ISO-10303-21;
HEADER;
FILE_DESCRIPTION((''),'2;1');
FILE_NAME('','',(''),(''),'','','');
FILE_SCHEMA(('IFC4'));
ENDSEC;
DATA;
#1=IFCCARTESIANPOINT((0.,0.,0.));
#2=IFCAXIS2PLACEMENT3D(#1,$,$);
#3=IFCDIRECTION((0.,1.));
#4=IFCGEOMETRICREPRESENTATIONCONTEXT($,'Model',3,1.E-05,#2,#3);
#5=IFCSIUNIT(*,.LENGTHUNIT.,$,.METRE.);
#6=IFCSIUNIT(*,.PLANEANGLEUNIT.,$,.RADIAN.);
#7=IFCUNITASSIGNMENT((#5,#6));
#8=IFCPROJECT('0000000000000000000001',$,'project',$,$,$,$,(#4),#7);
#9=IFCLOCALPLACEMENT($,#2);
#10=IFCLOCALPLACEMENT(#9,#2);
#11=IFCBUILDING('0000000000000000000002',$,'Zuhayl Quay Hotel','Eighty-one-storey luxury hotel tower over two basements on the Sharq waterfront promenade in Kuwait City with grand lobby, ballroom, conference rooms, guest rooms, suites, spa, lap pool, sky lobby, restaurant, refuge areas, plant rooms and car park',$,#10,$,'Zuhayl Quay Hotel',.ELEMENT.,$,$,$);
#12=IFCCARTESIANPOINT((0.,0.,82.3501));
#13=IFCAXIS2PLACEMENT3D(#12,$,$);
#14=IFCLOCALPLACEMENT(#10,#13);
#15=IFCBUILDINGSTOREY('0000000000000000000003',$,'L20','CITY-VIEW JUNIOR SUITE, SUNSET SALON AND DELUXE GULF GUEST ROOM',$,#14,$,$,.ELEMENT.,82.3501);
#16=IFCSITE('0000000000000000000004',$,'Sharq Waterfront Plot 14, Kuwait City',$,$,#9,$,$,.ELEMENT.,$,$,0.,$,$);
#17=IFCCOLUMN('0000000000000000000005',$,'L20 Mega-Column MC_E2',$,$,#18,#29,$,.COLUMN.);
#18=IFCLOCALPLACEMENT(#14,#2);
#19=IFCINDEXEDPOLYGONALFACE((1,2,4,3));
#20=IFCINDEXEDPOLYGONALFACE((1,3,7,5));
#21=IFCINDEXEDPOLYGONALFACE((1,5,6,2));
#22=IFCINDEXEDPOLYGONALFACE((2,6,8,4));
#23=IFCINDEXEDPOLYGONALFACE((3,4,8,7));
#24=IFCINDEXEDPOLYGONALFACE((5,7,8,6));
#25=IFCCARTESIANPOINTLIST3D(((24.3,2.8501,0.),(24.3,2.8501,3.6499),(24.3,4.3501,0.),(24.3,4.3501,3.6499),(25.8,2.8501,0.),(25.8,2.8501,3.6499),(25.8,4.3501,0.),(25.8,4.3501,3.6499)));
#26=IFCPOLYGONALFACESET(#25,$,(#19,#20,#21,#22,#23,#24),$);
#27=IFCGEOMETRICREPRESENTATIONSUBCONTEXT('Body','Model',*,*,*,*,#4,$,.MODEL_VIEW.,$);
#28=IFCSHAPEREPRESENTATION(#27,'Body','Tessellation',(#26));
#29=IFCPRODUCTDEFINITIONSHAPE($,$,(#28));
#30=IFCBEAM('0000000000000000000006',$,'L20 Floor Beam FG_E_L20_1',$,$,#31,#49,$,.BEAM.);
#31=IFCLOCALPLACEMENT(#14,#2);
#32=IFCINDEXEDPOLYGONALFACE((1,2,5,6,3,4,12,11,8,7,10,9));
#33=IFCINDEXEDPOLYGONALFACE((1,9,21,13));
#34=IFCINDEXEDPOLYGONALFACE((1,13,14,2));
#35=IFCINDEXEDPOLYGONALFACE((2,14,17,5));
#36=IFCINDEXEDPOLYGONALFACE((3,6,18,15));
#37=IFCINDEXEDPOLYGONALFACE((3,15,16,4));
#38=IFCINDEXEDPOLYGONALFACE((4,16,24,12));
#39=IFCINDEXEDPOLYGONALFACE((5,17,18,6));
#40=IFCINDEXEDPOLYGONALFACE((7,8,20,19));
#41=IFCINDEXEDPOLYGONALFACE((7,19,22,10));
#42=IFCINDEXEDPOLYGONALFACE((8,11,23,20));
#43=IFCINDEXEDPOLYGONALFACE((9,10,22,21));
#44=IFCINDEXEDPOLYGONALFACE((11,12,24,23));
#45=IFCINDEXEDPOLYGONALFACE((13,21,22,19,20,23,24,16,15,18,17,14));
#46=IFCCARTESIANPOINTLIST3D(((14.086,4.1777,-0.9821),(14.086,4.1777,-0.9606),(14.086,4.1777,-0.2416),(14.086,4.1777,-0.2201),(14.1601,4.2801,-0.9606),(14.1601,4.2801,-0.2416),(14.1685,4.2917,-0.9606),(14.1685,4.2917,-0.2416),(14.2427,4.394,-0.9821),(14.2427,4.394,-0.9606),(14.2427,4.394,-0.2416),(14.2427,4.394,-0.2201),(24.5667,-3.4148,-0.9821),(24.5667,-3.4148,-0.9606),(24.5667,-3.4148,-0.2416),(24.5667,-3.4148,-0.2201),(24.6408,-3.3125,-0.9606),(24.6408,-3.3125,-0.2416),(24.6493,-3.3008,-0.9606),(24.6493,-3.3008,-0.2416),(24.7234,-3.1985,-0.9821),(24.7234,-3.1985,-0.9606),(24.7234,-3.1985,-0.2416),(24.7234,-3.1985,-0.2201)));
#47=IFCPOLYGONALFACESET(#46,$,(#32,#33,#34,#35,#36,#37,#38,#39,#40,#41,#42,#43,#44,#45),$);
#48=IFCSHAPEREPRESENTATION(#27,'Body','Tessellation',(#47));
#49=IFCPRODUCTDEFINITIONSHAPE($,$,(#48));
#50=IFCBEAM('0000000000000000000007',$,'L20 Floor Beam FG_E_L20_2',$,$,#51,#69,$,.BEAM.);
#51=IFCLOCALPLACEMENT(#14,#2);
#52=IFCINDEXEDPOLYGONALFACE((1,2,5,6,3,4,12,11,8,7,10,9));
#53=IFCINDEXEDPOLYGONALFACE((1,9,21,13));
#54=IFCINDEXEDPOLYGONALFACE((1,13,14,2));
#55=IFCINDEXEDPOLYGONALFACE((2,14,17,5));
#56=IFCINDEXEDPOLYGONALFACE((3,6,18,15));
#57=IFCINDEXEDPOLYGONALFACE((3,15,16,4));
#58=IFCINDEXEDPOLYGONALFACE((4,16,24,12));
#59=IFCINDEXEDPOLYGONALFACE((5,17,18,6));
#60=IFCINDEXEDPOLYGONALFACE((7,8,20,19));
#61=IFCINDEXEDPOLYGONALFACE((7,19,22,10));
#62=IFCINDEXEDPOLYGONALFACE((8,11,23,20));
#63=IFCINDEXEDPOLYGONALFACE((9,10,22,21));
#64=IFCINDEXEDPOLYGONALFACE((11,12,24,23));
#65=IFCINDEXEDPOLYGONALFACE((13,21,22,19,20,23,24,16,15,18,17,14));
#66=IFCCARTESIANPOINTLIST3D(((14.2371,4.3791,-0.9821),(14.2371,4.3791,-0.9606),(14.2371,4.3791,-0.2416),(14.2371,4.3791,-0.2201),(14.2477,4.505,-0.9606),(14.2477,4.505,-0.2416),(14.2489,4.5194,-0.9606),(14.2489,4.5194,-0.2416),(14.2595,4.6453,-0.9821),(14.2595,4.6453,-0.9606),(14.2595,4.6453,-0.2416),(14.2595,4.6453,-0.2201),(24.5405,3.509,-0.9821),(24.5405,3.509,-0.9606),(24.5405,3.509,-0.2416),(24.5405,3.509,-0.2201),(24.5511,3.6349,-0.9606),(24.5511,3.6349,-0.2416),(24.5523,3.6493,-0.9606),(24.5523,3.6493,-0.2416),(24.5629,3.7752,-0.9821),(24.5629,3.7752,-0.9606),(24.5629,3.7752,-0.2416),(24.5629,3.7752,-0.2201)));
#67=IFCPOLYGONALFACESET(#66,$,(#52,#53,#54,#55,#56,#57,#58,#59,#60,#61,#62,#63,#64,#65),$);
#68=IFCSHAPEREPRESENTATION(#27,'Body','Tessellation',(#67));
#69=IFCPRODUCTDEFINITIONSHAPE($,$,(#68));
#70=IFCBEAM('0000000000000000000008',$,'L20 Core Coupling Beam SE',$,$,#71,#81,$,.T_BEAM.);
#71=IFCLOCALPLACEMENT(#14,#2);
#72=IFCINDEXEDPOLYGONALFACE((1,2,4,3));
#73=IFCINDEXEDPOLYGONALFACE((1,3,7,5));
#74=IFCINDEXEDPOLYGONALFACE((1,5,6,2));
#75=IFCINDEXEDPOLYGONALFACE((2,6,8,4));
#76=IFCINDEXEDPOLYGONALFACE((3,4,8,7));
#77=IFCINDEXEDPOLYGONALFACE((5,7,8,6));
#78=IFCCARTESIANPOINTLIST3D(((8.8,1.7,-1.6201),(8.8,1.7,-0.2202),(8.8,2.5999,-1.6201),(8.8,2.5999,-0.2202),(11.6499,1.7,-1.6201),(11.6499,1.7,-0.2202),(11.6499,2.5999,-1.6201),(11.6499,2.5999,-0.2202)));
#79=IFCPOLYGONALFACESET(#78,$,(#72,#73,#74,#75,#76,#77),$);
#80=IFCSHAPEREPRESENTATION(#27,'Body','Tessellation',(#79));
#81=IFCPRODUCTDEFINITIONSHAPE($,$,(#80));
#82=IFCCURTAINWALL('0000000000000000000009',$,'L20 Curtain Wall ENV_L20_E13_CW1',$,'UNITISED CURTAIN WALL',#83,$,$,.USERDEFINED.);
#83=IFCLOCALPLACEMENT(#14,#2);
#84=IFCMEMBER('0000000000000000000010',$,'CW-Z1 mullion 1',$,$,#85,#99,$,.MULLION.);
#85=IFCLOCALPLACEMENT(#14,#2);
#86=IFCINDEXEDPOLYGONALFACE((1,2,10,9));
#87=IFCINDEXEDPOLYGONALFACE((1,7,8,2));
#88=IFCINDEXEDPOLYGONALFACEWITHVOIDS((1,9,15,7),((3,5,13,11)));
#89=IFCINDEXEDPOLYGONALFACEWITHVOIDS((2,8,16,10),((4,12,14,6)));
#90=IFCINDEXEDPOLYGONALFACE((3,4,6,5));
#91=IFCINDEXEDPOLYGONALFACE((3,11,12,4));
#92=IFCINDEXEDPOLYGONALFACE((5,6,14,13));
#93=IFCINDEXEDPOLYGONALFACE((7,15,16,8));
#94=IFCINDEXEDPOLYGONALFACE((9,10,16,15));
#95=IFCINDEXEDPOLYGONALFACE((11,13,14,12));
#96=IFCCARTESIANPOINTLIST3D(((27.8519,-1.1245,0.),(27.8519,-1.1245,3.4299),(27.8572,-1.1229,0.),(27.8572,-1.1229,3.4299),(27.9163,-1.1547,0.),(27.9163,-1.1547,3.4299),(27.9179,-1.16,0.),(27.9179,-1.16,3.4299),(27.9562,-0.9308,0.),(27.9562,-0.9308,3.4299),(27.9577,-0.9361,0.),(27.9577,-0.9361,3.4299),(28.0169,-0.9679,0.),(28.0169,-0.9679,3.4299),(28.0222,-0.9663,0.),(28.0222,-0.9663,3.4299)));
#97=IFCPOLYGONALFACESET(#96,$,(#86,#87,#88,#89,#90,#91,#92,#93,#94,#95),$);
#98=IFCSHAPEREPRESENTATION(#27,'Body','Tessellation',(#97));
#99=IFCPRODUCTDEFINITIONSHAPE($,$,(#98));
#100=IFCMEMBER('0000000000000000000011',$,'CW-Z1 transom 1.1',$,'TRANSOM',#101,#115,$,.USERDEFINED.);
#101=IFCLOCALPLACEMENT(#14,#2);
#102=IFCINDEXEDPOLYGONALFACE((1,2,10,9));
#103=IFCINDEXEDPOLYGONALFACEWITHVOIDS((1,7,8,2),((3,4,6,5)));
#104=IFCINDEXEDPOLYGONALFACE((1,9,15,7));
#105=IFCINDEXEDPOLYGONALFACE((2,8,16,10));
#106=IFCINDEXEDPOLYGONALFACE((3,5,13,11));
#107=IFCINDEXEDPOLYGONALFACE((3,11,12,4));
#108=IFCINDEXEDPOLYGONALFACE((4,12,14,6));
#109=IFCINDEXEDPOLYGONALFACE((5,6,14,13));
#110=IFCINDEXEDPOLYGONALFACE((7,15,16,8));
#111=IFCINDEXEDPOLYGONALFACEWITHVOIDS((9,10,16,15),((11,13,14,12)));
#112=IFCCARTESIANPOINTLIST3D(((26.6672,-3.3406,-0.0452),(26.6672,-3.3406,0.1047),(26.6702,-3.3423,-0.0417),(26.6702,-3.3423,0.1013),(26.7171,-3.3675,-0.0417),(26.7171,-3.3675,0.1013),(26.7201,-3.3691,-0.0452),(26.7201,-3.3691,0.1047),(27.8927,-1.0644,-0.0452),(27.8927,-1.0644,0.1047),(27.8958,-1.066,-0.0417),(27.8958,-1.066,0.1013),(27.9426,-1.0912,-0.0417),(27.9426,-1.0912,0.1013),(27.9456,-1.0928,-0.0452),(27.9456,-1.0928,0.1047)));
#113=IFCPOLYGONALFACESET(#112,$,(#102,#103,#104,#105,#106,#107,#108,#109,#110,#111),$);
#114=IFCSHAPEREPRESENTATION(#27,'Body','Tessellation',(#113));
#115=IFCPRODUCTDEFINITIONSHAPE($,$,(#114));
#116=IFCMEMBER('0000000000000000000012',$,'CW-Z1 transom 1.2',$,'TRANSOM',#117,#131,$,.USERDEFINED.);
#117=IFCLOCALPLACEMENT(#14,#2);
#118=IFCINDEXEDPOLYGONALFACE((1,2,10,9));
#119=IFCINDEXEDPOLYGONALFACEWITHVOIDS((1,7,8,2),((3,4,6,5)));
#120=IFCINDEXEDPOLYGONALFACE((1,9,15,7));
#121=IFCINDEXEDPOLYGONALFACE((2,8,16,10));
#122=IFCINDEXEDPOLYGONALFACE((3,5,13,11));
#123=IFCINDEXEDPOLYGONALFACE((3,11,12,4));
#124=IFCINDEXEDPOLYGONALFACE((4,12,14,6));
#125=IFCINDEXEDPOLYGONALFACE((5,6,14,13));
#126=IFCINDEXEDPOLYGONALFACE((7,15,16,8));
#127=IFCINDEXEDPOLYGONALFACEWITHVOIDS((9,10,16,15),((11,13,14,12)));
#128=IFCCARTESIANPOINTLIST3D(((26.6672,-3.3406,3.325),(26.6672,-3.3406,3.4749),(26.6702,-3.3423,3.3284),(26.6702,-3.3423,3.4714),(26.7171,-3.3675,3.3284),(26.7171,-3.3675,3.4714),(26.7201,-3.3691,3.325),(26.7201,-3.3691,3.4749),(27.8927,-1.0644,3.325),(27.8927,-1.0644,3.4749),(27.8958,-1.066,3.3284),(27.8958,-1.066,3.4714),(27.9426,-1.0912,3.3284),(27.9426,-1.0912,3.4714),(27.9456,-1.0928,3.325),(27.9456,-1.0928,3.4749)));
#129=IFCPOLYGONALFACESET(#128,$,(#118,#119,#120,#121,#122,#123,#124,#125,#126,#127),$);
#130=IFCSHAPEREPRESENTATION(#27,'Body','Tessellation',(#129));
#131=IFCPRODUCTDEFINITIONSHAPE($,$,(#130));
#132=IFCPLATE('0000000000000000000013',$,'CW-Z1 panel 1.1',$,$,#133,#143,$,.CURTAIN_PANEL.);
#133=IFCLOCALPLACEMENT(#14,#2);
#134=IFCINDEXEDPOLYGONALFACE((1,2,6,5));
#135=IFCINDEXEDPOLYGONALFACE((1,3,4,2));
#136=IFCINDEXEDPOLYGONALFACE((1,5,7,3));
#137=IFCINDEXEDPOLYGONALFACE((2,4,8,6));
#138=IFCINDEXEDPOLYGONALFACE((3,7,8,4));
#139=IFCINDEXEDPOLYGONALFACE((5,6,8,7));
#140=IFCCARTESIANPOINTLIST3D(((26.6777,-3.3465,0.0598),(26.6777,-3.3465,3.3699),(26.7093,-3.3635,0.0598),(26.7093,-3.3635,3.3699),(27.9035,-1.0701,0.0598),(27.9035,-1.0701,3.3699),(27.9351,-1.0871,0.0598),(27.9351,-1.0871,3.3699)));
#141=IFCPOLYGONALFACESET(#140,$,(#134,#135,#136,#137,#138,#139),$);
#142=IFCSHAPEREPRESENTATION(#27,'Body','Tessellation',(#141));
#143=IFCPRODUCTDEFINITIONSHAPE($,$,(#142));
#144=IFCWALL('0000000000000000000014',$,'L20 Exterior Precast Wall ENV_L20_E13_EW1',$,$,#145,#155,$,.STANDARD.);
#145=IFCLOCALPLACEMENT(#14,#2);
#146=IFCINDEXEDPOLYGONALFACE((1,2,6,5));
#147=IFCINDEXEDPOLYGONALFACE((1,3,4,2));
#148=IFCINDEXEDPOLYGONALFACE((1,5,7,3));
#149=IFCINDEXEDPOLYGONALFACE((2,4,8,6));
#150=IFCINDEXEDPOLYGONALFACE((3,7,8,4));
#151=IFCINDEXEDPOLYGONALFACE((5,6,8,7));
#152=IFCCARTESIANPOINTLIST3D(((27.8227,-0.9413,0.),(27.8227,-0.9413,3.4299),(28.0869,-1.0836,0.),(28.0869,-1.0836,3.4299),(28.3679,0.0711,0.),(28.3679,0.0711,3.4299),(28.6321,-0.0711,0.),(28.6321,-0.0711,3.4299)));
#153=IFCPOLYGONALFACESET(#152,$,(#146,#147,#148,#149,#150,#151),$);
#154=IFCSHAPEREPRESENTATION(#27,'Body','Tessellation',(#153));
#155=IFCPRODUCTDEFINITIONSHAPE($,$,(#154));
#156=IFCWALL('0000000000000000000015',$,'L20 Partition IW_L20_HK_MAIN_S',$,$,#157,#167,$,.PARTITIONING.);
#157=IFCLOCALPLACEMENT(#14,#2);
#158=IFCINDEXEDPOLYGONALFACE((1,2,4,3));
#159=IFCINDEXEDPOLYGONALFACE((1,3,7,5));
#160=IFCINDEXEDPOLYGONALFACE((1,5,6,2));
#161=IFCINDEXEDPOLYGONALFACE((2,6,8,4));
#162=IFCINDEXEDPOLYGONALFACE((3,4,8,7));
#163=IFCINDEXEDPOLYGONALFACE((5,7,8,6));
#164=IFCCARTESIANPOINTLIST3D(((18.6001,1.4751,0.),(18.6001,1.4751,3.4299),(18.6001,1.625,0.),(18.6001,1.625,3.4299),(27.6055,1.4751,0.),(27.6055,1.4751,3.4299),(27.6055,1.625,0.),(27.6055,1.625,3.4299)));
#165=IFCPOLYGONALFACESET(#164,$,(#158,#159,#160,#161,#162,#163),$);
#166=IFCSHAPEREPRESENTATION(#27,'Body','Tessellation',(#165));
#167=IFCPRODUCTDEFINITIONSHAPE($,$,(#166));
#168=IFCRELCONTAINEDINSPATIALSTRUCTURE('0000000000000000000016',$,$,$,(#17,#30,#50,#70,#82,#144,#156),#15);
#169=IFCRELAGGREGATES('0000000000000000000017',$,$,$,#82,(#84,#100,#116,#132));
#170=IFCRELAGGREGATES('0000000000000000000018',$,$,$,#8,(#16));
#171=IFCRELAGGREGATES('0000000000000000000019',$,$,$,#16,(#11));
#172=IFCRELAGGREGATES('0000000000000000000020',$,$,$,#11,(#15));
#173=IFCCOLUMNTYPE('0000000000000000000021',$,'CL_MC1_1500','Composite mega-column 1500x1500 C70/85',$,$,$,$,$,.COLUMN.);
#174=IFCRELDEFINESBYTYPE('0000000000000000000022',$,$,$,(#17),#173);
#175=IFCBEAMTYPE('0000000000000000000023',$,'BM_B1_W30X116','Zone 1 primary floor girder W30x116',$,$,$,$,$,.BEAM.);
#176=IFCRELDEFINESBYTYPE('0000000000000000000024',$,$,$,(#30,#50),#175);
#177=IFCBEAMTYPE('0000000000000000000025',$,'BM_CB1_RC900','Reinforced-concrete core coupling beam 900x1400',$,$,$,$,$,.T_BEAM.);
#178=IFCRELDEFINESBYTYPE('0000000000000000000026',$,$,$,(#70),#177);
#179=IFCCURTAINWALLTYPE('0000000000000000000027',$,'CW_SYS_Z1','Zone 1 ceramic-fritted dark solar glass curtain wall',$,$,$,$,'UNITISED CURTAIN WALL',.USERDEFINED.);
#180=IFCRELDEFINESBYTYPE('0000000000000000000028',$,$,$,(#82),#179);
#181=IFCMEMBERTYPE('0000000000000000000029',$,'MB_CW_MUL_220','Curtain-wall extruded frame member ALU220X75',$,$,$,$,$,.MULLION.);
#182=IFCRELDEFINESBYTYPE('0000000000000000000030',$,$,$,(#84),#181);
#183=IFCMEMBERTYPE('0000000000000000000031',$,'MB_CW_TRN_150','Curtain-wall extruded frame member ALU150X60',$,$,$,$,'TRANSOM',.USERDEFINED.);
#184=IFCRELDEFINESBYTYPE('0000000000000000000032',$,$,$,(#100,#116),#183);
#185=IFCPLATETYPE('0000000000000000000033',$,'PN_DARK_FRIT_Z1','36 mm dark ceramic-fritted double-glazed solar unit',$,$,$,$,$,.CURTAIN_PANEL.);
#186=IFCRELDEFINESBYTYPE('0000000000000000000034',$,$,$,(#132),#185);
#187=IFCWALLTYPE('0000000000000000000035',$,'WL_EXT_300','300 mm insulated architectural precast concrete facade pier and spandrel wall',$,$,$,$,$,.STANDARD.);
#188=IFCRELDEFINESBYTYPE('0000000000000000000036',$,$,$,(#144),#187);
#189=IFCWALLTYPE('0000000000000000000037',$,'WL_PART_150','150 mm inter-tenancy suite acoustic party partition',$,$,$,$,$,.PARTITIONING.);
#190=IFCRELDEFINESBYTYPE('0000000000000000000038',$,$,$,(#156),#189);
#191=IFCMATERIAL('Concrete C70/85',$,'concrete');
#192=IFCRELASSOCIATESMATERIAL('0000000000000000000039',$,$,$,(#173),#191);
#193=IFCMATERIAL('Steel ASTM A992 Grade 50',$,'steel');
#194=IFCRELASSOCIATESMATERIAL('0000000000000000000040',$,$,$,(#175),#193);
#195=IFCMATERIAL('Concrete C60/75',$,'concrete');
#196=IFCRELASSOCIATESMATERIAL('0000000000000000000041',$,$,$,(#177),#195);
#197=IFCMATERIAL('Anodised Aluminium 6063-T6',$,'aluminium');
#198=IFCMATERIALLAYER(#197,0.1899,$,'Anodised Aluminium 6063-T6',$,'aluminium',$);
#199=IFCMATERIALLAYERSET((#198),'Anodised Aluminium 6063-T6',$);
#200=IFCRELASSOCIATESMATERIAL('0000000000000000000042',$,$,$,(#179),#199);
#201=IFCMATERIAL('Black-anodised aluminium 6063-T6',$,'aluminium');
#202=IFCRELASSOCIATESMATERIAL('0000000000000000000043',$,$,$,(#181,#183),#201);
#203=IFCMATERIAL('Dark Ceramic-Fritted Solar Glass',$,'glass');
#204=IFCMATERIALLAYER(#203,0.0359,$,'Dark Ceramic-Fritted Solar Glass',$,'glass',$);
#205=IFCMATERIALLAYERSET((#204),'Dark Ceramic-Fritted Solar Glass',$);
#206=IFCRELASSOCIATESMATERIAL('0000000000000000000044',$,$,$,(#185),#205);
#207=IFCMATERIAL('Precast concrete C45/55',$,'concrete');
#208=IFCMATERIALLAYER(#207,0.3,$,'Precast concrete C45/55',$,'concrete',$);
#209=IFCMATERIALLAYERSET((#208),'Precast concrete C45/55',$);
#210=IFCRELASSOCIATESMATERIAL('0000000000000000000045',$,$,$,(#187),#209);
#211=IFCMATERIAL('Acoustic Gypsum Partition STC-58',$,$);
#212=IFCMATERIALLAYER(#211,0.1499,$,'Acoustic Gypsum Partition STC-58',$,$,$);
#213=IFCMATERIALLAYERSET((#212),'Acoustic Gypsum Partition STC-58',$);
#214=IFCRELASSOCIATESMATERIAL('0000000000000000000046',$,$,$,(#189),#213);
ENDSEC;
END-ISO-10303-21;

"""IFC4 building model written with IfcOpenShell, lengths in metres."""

from ifc_helpers import new_model, si_unit, direction, frame, frame_2d, origin, origin_2d, place, context, subcontext, project, spatial, rectangle, hollow_rectangle, i_section, extrude, material, layer, layer_set, material_profile, profile_set, type_object, element, aggregate, save


model = new_model("IFC4")

# Units and contexts
model_context = context("Model", 3, precision=1e-05, world=origin(), true_north=direction((0.0, 1.0)))
body_context = subcontext(model_context, "Body", "Model", "MODEL_VIEW")
ifc_project = project(units=[si_unit("LENGTHUNIT", "METRE"), si_unit("PLANEANGLEUNIT", "RADIAN")], contexts=[model_context])

# Site, building, storey
site_placement = place(None, origin())
site = spatial("IfcSite", under=ifc_project, at=site_placement, Name="Sharq Waterfront Plot 14, Kuwait City", CompositionType="ELEMENT", RefElevation=0.0)
building_placement = place(site_placement, origin())
building = spatial("IfcBuilding", under=site, at=building_placement, Name="Zuhayl Quay Hotel", Description="Eighty-one-storey luxury hotel tower over two basements on the Sharq waterfront promenade in Kuwait City with grand lobby, ballroom, conference rooms, guest rooms, suites, spa, lap pool, sky lobby, restaurant, refuge areas, plant rooms and car park", LongName="Zuhayl Quay Hotel", CompositionType="ELEMENT")
storey_placement = place(building_placement, frame((0.0, 0.0, 82.3501)))
storey = spatial("IfcBuildingStorey", under=building, at=storey_placement, Name="L20", Description="CITY-VIEW JUNIOR SUITE, SUNSET SALON AND DELUXE GULF GUEST ROOM", CompositionType="ELEMENT", Elevation=82.3501)

# Column
ifc_material_1 = material(Name="Concrete C70/85", Category="concrete")
ifc_material_profile_1 = material_profile(ifc_material_1, rectangle(XDim=1.5, YDim=1.5, at=origin_2d()), Name="RC1500X1500")
ifc_profile_set_1 = profile_set([ifc_material_profile_1], Name="Concrete C70/85")
column_type = type_object("IfcColumnType", Name="CL_MC1_1500", Description="Composite mega-column 1500x1500 C70/85", PredefinedType="COLUMN", material=ifc_profile_set_1)
column_placement = place(storey_placement, frame((25.05, 3.6001, 0.0), z_axis=(0.0, 0.0, 1.0), x_axis=(1.0, 0.0, 0.0)))
element("IfcColumn", 1, at=column_placement, inside=storey, type_object=column_type, Name="L20 Mega-Column MC_E2", PredefinedType="COLUMN", context=body_context, shape_type="SweptSolid", body=[
    extrude(rectangle(XDim=1.5, YDim=1.5, at=origin_2d()), origin(), (0.0, 0.0, 1.0), 3.6499),
])

# Beams
ifc_material_2 = material(Name="Steel ASTM A992 Grade 50", Category="steel")
ifc_material_profile_2 = material_profile(ifc_material_2, i_section(OverallWidth=0.2671, OverallDepth=0.762, WebThickness=0.0144, FlangeThickness=0.0215, at=origin_2d()), Name="W30X116")
ifc_profile_set_2 = profile_set([ifc_material_profile_2], Name="Steel ASTM A992 Grade 50")
beam_type_1 = type_object("IfcBeamType", Name="BM_B1_W30X116", Description="Zone 1 primary floor girder W30x116", PredefinedType="BEAM", material=ifc_profile_set_2)
beam_1_placement = place(storey_placement, frame((14.1643, 4.2859, -0.6011), z_axis=(0.80983, -0.586664, 0.0), x_axis=(0.586664, 0.80983, 0.0)))
element("IfcBeam", 2, at=beam_1_placement, inside=storey, type_object=beam_type_1, Name="L20 Floor Beam FG_E_L20_1", PredefinedType="BEAM", context=body_context, shape_type="SweptSolid", body=[
    extrude(i_section(OverallWidth=0.2671, OverallDepth=0.762, WebThickness=0.0144, FlangeThickness=0.0215, at=origin_2d()), origin(), (0.0, 0.0, 1.0), 12.9419),
])
beam_2_placement = place(storey_placement, frame((14.2483, 4.5122, -0.6011), z_axis=(0.996453, -0.084149, 0.0), x_axis=(0.084149, 0.996453, 0.0)))
element("IfcBeam", 3, at=beam_2_placement, inside=storey, type_object=beam_type_1, Name="L20 Floor Beam FG_E_L20_2", PredefinedType="BEAM", context=body_context, shape_type="SweptSolid", body=[
    extrude(i_section(OverallWidth=0.2671, OverallDepth=0.762, WebThickness=0.0144, FlangeThickness=0.0215, at=origin_2d()), origin(), (0.0, 0.0, 1.0), 10.3401),
])
ifc_material_3 = material(Name="Concrete C60/75", Category="concrete")
ifc_material_profile_3 = material_profile(ifc_material_3, rectangle(XDim=0.8999, YDim=1.3999, at=origin_2d()), Name="RC900X1400")
ifc_profile_set_3 = profile_set([ifc_material_profile_3], Name="Concrete C60/75")
beam_type_2 = type_object("IfcBeamType", Name="BM_CB1_RC900", Description="Reinforced-concrete core coupling beam 900x1400", PredefinedType="T_BEAM", material=ifc_profile_set_3)
beam_3_placement = place(storey_placement, frame((8.8, 2.1499, -0.9202), z_axis=(1.0, 0.0, 0.0), x_axis=(0.0, 1.0, 0.0)))
element("IfcBeam", 4, at=beam_3_placement, inside=storey, type_object=beam_type_2, Name="L20 Core Coupling Beam SE", PredefinedType="T_BEAM", context=body_context, shape_type="SweptSolid", body=[
    extrude(rectangle(XDim=0.8999, YDim=1.3999, at=origin_2d()), origin(), (0.0, 0.0, 1.0), 2.8499),
])

# Curtain wall, members, plate
ifc_material_4 = material(Name="Anodised Aluminium 6063-T6", Category="aluminium")
ifc_layer_1 = layer(ifc_material_4, 0.1899, Name="Anodised Aluminium 6063-T6", Category="aluminium")
ifc_layer_set_1 = layer_set([ifc_layer_1], Name="Anodised Aluminium 6063-T6")
curtain_wall_type = type_object("IfcCurtainWallType", Name="CW_SYS_Z1", Description="Zone 1 ceramic-fritted dark solar glass curtain wall", ElementType="UNITISED CURTAIN WALL", PredefinedType="USERDEFINED", material=ifc_layer_set_1)
curtain_wall_placement = place(storey_placement, origin())
curtain_wall = element("IfcCurtainWall", 5, at=curtain_wall_placement, inside=storey, type_object=curtain_wall_type, Name="L20 Curtain Wall ENV_L20_E13_CW1", ObjectType="UNITISED CURTAIN WALL", PredefinedType="USERDEFINED")
ifc_material_5 = material(Name="Black-anodised aluminium 6063-T6", Category="aluminium")
ifc_material_profile_4 = material_profile(ifc_material_5, hollow_rectangle(XDim=0.075, YDim=0.22, WallThickness=0.0039, at=origin_2d()), Name="ALU220X75")
ifc_profile_set_4 = profile_set([ifc_material_profile_4], Name="Black-anodised aluminium 6063-T6")
member_type_1 = type_object("IfcMemberType", Name="MB_CW_MUL_220", Description="Curtain-wall extruded frame member ALU220X75", PredefinedType="MULLION", material=ifc_profile_set_4)
member_1_placement = place(storey_placement, frame((27.937, -1.0454, 0.0), z_axis=(0.0, 0.0, 1.0), x_axis=(0.880476, -0.474091, 0.0)))
member_1 = element("IfcMember", 6, at=member_1_placement, type_object=member_type_1, Name="CW-Z1 mullion 1", PredefinedType="MULLION", context=body_context, shape_type="SweptSolid", body=[
    extrude(hollow_rectangle(XDim=0.075, YDim=0.22, WallThickness=0.0039, at=origin_2d()), origin(), (0.0, 0.0, 1.0), 3.4299),
])
ifc_material_profile_5 = material_profile(ifc_material_5, hollow_rectangle(XDim=0.0601, YDim=0.1499, WallThickness=0.0034, at=origin_2d()), Name="ALU150X60")
ifc_profile_set_5 = profile_set([ifc_material_profile_5], Name="Black-anodised aluminium 6063-T6")
member_type_2 = type_object("IfcMemberType", Name="MB_CW_TRN_150", Description="Curtain-wall extruded frame member ALU150X60", ElementType="TRANSOM", PredefinedType="USERDEFINED", material=ifc_profile_set_5)
member_2_placement = place(storey_placement, frame((27.9192, -1.0786, 0.0298), z_axis=(-0.474055, -0.880495, 0.0), x_axis=(0.880495, -0.474055, 0.0)))
member_2 = element("IfcMember", 7, at=member_2_placement, type_object=member_type_2, Name="CW-Z1 transom 1.1", ObjectType="TRANSOM", PredefinedType="USERDEFINED", context=body_context, shape_type="SweptSolid", body=[
    extrude(hollow_rectangle(XDim=0.0601, YDim=0.1499, WallThickness=0.0034, at=origin_2d()), origin(), (0.0, 0.0, 1.0), 2.5852),
])
member_3_placement = place(storey_placement, frame((27.9192, -1.0786, 3.3999), z_axis=(-0.474055, -0.880495, 0.0), x_axis=(0.880495, -0.474055, 0.0)))
member_3 = element("IfcMember", 8, at=member_3_placement, type_object=member_type_2, Name="CW-Z1 transom 1.2", ObjectType="TRANSOM", PredefinedType="USERDEFINED", context=body_context, shape_type="SweptSolid", body=[
    extrude(hollow_rectangle(XDim=0.0601, YDim=0.1499, WallThickness=0.0034, at=origin_2d()), origin(), (0.0, 0.0, 1.0), 2.5852),
])
ifc_material_6 = material(Name="Dark Ceramic-Fritted Solar Glass", Category="glass")
ifc_layer_2 = layer(ifc_material_6, 0.0359, Name="Dark Ceramic-Fritted Solar Glass", Category="glass")
ifc_layer_set_2 = layer_set([ifc_layer_2], Name="Dark Ceramic-Fritted Solar Glass")
plate_type = type_object("IfcPlateType", Name="PN_DARK_FRIT_Z1", Description="36 mm dark ceramic-fritted double-glazed solar unit", PredefinedType="CURTAIN_PANEL", material=ifc_layer_set_2)
plate_placement = place(storey_placement, frame((27.3064, -2.2168, 0.0598), z_axis=(0.0, 0.0, 1.0), x_axis=(-0.474091, -0.880476, 0.0)))
plate = element("IfcPlate", 9, at=plate_placement, type_object=plate_type, Name="CW-Z1 panel 1.1", PredefinedType="CURTAIN_PANEL", context=body_context, shape_type="SweptSolid", body=[
    extrude(rectangle(XDim=2.5854, YDim=0.0359, at=origin_2d()), origin(), (0.0, 0.0, 1.0), 3.3101),
])
aggregate(curtain_wall, [member_1, member_2, member_3, plate])

# Walls
ifc_material_7 = material(Name="Precast concrete C45/55", Category="concrete")
ifc_layer_3 = layer(ifc_material_7, 0.3, Name="Precast concrete C45/55", Category="concrete")
ifc_layer_set_3 = layer_set([ifc_layer_3], Name="Precast concrete C45/55")
wall_type_1 = type_object("IfcWallType", Name="WL_EXT_300", Description="300 mm insulated architectural precast concrete facade pier and spandrel wall", PredefinedType="STANDARD", material=ifc_layer_set_3)
wall_1_placement = place(storey_placement, frame((28.5, 0.0, 0.0), z_axis=(0.0, 0.0, 1.0), x_axis=(-0.4741, -0.880471, 0.0)))
element("IfcWall", 10, at=wall_1_placement, inside=storey, type_object=wall_type_1, Name="L20 Exterior Precast Wall ENV_L20_E13_EW1", PredefinedType="STANDARD", context=body_context, shape_type="SweptSolid", body=[
    extrude(rectangle(XDim=1.1499, YDim=0.3, at=frame_2d((0.575, 0.0))), origin(), (0.0, 0.0, 1.0), 3.4299),
])
ifc_material_8 = material(Name="Acoustic Gypsum Partition STC-58")
ifc_layer_4 = layer(ifc_material_8, 0.1499, Name="Acoustic Gypsum Partition STC-58")
ifc_layer_set_4 = layer_set([ifc_layer_4], Name="Acoustic Gypsum Partition STC-58")
wall_type_2 = type_object("IfcWallType", Name="WL_PART_150", Description="150 mm inter-tenancy suite acoustic party partition", PredefinedType="PARTITIONING", material=ifc_layer_set_4)
wall_2_placement = place(storey_placement, frame((18.6001, 1.55, 0.0), z_axis=(0.0, 0.0, 1.0), x_axis=(1.0, 0.0, 0.0)))
element("IfcWall", 11, at=wall_2_placement, inside=storey, type_object=wall_type_2, Name="L20 Partition IW_L20_HK_MAIN_S", PredefinedType="PARTITIONING", context=body_context, shape_type="SweptSolid", body=[
    extrude(rectangle(XDim=9.0054, YDim=0.1499, at=frame_2d((4.5027, 0.0))), origin(), (0.0, 0.0, 1.0), 3.4299),
])

save(model, "model.ifc")
